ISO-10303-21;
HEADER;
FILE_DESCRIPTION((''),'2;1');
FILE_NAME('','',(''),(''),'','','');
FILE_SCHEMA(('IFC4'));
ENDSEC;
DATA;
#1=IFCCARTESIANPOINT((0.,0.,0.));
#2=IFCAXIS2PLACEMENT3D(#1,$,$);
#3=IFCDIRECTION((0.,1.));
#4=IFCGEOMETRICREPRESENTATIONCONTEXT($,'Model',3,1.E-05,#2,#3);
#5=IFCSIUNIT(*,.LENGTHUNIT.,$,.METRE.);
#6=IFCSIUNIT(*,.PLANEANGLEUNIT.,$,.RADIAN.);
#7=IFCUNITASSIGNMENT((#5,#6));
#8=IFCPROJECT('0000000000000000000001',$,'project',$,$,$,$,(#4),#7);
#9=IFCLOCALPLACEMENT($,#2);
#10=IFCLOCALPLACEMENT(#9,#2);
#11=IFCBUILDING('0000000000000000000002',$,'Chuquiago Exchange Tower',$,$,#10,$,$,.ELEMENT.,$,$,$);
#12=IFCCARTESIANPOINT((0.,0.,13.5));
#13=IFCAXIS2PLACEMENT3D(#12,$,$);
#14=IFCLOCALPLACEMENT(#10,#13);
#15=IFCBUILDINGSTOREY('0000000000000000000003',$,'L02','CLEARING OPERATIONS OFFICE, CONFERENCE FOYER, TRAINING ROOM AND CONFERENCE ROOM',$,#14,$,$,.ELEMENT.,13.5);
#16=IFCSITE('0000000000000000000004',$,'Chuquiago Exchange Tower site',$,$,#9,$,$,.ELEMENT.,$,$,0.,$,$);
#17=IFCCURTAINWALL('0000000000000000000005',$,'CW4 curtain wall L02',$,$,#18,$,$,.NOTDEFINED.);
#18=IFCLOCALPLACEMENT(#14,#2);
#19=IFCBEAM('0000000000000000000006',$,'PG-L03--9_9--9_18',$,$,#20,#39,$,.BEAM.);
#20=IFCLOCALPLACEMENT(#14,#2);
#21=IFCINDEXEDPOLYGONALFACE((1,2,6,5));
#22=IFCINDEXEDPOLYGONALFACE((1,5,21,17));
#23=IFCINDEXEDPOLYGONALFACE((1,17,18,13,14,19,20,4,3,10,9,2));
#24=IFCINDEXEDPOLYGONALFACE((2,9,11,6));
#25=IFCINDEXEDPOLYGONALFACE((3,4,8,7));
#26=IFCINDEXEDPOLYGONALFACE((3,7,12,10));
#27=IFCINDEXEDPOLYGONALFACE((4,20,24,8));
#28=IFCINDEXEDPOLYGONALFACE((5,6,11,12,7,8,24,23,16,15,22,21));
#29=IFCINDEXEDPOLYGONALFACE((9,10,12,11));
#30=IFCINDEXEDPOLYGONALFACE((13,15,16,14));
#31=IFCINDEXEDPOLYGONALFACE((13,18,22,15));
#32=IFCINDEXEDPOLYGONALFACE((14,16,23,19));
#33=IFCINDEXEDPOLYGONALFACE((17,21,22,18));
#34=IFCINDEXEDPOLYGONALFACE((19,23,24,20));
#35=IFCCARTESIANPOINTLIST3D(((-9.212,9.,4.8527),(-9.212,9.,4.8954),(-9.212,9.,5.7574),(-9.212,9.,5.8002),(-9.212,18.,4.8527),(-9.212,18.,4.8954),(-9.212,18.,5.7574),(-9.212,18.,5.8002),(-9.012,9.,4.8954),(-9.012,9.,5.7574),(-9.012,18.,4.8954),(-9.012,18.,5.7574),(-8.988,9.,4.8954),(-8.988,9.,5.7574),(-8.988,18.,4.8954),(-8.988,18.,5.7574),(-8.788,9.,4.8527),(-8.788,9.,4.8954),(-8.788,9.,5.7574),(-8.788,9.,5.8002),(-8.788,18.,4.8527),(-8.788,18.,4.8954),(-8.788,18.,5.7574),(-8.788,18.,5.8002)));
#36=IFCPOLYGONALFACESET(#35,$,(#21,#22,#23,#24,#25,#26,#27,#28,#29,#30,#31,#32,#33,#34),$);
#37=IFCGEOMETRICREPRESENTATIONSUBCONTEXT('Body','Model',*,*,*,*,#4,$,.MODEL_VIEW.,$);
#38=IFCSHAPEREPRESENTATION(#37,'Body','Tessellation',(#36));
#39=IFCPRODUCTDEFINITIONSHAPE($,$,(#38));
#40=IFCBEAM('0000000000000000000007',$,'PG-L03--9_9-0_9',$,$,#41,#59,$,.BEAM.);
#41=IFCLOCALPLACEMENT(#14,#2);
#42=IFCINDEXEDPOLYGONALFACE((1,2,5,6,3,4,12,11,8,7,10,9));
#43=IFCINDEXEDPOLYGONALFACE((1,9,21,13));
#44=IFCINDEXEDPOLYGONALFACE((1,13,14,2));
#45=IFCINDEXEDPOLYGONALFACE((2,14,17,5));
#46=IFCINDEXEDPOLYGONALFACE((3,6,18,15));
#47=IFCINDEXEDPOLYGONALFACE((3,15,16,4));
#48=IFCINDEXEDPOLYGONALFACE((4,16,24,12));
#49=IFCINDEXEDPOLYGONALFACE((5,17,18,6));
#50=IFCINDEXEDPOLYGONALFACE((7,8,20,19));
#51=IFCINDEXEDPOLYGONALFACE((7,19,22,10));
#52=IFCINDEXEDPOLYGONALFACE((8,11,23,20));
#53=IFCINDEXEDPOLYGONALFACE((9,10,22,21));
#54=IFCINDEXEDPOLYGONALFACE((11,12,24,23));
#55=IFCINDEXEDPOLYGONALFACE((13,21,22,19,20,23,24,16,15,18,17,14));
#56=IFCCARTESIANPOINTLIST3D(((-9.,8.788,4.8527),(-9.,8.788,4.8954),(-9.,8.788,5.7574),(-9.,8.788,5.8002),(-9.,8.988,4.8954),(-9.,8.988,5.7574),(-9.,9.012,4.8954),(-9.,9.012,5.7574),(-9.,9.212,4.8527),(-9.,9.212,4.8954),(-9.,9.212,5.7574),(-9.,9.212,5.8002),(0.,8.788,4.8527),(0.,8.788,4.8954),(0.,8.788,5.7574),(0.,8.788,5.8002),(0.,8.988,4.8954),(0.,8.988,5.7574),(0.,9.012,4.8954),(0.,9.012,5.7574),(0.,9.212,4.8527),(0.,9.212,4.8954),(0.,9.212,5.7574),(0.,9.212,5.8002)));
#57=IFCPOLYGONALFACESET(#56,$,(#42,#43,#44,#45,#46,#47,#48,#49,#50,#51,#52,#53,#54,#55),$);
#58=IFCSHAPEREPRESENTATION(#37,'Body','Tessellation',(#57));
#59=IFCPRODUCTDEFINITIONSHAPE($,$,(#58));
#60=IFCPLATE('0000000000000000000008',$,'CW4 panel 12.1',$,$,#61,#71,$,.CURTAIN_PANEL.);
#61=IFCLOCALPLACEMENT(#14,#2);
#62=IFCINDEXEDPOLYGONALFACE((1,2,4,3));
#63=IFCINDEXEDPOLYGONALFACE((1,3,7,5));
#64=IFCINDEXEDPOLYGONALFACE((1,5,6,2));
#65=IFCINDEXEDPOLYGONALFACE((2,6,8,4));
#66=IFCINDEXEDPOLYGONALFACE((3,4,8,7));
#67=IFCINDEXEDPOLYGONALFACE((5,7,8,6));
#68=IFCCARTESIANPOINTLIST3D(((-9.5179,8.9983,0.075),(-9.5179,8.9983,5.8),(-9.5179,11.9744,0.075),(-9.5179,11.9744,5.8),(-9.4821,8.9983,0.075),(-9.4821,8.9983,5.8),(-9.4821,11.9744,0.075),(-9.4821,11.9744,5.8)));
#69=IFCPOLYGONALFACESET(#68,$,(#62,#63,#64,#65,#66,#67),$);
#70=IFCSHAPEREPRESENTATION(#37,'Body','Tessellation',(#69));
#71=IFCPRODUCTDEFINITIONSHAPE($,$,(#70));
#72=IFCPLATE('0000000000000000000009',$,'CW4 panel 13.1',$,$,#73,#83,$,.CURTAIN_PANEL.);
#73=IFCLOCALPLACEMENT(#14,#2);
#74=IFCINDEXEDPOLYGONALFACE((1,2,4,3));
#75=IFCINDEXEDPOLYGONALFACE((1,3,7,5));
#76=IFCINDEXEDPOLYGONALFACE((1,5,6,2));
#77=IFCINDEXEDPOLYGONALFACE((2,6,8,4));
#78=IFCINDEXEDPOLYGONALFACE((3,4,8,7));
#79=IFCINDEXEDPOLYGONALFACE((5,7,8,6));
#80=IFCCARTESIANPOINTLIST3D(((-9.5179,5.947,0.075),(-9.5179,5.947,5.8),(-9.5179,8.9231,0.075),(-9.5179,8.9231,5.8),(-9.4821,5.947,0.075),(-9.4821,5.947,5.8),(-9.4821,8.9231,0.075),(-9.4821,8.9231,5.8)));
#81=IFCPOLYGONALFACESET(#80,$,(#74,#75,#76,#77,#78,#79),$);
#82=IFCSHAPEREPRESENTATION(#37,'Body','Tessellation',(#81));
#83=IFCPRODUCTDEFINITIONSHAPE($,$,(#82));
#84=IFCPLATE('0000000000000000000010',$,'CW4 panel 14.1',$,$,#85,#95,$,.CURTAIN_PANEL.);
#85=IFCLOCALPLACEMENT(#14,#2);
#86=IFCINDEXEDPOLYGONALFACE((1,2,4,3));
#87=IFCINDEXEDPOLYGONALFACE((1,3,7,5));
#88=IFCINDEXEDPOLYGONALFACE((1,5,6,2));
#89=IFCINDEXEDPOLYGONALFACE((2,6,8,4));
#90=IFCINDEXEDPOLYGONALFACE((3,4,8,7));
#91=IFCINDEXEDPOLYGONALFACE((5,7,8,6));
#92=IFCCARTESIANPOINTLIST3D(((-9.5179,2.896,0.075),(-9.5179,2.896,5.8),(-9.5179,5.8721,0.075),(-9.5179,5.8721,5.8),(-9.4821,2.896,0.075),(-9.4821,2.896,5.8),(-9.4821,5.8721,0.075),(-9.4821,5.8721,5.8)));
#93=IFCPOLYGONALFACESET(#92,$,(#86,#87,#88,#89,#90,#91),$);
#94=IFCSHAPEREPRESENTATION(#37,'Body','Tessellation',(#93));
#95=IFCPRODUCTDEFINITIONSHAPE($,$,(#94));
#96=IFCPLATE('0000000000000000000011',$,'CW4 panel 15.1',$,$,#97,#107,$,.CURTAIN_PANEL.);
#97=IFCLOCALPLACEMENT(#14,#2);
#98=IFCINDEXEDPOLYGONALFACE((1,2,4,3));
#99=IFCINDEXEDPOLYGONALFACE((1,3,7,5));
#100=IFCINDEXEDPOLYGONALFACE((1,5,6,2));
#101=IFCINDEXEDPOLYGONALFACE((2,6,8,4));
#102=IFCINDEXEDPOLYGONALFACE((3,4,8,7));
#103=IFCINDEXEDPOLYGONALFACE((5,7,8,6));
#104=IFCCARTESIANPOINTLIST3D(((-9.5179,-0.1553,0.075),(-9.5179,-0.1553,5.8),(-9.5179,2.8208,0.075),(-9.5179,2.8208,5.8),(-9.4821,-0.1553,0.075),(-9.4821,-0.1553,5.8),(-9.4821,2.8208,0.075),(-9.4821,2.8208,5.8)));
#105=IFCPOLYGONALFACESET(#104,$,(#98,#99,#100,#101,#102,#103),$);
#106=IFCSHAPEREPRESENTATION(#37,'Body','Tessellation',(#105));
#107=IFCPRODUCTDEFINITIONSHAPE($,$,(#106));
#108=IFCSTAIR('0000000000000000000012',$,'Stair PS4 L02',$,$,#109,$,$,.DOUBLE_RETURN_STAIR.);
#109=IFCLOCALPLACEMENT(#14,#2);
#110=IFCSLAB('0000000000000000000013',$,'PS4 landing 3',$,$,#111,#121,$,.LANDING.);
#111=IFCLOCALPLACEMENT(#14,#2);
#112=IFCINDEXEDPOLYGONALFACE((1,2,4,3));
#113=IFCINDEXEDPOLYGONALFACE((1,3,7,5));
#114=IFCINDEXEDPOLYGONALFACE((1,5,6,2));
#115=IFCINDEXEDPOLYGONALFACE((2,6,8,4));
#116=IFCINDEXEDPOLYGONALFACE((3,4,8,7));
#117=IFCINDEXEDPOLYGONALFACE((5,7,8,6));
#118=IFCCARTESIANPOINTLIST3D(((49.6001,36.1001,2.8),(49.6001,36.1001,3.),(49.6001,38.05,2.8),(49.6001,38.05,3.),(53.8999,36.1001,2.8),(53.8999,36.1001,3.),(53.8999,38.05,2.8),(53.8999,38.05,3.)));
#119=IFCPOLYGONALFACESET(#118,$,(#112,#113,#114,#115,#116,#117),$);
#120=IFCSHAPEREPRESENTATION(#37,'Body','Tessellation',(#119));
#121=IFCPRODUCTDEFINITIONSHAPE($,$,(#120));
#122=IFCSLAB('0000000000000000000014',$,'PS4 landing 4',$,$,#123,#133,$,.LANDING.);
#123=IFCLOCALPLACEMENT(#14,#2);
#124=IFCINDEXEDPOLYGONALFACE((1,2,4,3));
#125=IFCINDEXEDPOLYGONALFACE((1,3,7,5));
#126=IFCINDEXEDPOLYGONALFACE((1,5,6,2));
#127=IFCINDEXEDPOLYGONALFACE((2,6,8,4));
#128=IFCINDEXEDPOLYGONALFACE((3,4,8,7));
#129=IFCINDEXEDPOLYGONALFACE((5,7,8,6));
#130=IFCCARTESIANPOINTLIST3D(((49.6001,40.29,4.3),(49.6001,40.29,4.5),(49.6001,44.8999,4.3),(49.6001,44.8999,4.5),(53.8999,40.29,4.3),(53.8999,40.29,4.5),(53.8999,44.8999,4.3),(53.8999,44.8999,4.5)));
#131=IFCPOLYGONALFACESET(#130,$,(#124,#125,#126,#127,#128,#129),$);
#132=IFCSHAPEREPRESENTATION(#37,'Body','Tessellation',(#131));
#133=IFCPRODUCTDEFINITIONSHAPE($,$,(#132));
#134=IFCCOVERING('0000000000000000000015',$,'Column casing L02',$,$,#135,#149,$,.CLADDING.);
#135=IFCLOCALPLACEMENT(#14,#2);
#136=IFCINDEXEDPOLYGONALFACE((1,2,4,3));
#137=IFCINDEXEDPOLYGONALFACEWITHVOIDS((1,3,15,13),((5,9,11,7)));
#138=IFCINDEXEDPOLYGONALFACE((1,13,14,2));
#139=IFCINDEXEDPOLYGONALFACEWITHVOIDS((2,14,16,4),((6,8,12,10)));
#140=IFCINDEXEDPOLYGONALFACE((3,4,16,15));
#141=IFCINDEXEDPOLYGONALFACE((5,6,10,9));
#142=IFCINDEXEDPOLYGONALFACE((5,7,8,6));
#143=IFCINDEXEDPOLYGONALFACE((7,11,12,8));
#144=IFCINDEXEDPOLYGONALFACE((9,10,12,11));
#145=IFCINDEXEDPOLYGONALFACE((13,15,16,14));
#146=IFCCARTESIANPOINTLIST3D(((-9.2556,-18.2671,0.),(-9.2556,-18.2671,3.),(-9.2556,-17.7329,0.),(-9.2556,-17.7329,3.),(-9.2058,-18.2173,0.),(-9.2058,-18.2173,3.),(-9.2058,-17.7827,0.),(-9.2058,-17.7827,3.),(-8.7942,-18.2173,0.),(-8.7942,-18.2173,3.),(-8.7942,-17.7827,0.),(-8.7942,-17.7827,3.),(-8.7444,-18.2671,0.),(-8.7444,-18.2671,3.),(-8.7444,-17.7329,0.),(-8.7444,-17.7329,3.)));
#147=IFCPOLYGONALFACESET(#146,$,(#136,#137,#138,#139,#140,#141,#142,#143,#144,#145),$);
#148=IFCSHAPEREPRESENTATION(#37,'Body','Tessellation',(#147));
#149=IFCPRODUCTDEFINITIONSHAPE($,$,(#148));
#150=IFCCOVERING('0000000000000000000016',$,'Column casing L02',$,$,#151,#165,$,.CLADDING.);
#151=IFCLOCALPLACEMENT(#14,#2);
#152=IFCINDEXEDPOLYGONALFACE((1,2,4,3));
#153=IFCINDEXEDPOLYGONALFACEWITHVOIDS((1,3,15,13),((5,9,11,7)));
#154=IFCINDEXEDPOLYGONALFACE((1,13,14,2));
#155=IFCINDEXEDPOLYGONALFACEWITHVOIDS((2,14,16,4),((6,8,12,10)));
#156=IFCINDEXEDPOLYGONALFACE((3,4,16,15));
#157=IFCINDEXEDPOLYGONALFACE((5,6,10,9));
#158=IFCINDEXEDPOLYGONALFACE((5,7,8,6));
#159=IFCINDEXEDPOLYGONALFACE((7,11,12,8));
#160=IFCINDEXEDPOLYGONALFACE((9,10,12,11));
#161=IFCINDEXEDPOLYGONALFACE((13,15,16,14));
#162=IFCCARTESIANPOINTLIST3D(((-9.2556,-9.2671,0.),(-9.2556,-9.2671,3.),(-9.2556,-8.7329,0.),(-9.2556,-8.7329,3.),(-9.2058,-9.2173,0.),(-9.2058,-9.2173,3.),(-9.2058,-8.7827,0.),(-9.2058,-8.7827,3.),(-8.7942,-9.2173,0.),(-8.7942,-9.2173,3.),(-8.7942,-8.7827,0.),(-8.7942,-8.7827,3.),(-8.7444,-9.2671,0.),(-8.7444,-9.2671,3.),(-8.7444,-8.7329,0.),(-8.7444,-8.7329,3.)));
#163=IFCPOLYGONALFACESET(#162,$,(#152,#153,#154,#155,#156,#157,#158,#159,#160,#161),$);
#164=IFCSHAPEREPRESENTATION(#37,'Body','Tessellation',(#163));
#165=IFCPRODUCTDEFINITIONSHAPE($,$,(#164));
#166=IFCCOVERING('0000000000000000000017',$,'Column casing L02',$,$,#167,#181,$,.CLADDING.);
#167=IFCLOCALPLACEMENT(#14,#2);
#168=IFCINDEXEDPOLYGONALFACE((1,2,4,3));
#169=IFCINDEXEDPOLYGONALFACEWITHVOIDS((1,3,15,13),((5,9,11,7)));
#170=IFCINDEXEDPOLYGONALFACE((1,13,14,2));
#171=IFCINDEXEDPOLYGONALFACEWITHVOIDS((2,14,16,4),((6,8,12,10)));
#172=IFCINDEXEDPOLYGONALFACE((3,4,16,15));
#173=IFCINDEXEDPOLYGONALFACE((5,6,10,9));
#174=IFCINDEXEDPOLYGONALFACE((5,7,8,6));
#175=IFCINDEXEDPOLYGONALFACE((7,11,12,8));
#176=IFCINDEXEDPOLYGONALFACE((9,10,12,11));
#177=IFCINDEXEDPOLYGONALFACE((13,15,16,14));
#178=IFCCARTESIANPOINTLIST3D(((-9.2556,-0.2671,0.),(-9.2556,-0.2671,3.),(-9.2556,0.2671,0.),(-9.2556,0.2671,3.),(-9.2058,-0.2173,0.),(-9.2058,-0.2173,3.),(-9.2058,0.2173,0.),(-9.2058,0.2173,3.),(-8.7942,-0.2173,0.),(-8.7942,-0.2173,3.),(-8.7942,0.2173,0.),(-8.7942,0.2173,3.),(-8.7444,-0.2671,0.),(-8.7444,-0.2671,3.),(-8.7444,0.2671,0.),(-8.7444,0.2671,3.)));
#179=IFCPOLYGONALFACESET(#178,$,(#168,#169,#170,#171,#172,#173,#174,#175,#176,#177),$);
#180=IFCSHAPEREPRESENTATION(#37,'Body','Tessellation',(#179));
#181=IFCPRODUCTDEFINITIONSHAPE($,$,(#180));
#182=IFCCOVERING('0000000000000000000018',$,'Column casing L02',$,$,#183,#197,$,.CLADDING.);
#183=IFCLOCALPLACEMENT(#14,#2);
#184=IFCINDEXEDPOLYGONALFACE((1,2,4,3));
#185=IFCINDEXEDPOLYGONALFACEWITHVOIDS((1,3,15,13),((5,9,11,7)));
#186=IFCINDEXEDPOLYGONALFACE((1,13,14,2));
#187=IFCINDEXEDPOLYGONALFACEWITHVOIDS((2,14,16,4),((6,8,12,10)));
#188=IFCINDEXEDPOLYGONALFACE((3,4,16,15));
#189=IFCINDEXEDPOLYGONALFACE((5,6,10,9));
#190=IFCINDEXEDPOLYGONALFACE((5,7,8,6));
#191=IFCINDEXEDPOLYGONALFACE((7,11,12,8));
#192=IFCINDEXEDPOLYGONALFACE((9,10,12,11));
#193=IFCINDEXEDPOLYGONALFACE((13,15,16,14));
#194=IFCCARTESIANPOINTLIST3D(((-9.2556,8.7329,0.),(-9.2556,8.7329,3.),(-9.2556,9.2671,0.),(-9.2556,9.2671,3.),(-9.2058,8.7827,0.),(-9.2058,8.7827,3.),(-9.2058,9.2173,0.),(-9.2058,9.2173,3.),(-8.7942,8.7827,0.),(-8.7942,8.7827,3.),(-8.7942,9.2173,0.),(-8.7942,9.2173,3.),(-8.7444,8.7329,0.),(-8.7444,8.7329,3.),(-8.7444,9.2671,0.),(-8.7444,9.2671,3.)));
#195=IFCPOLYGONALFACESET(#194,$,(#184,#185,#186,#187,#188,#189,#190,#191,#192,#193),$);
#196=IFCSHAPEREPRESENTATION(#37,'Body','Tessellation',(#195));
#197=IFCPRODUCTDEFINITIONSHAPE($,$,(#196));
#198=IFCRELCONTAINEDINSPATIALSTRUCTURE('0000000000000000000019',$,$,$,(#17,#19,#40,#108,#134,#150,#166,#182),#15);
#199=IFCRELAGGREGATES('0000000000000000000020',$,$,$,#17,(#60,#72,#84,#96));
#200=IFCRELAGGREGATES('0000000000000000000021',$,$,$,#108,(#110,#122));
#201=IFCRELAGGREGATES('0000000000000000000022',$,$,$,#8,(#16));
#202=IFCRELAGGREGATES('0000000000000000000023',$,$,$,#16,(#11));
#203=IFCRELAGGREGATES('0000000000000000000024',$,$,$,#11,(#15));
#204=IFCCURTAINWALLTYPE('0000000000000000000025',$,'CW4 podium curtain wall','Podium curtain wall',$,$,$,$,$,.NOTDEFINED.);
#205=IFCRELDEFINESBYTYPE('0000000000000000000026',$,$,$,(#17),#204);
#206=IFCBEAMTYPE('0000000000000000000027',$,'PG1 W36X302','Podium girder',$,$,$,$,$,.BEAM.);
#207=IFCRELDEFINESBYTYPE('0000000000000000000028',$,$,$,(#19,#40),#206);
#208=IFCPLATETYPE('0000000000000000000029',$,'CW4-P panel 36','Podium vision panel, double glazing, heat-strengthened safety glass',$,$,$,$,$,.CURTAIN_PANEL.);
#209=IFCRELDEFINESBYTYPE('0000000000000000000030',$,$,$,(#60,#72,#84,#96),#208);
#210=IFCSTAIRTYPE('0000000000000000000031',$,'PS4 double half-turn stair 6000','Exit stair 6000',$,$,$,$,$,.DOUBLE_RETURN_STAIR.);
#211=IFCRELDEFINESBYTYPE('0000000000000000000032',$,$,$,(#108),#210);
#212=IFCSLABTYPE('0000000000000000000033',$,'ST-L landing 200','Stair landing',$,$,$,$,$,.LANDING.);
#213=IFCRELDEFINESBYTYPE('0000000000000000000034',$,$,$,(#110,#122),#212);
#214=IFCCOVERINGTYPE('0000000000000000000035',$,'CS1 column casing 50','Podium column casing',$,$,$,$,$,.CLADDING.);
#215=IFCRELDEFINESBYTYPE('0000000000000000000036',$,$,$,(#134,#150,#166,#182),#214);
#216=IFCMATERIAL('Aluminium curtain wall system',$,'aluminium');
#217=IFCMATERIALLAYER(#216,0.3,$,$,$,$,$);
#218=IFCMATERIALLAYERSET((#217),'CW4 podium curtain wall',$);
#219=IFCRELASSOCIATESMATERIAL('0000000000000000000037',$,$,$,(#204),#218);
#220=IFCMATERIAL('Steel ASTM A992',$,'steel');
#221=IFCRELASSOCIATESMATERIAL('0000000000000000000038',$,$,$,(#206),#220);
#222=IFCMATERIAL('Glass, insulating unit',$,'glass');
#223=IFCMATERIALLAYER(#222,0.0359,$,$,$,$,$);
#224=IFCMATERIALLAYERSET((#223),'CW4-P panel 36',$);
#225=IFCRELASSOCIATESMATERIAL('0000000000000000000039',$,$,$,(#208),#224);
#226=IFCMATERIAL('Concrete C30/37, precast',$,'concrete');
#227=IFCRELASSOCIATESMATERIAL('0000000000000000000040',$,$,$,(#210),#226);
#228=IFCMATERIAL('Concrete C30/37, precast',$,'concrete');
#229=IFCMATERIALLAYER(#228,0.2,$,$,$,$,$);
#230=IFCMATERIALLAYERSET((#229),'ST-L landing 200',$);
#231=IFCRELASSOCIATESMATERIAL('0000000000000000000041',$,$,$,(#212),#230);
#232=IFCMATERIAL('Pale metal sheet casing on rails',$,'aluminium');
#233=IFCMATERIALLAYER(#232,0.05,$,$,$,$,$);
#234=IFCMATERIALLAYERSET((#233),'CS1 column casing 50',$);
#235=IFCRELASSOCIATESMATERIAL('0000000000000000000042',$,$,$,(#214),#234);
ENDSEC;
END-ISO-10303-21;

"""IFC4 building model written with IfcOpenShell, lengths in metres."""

from ifc_helpers import new_model, si_unit, direction, frame, origin, origin_2d, place, context, subcontext, project, spatial, polyline, rectangle, i_section, outline, extrude, material, layer, layer_set, material_profile, profile_set, type_object, element, aggregate, save


model = new_model("IFC4")

# Units and contexts
model_context = context("Model", 3, precision=1e-05, world=origin(), true_north=direction((0.0, 1.0)))
body_context = subcontext(model_context, "Body", "Model", "MODEL_VIEW")
ifc_project = project(units=[si_unit("LENGTHUNIT", "METRE"), si_unit("PLANEANGLEUNIT", "RADIAN")], contexts=[model_context])

# Site, building, storey
site_placement = place(None, origin())
site = spatial("IfcSite", under=ifc_project, at=site_placement, Name="Chuquiago Exchange Tower site", CompositionType="ELEMENT", RefElevation=0.0)
building_placement = place(site_placement, origin())
building = spatial("IfcBuilding", under=site, at=building_placement, Name="Chuquiago Exchange Tower", CompositionType="ELEMENT")
storey_placement = place(building_placement, frame((0.0, 0.0, 13.5)))
storey = spatial("IfcBuildingStorey", under=building, at=storey_placement, Name="L02", Description="CLEARING OPERATIONS OFFICE, CONFERENCE FOYER, TRAINING ROOM AND CONFERENCE ROOM", CompositionType="ELEMENT", Elevation=13.5)

# Curtain wall
ifc_material_1 = material(Name="Aluminium curtain wall system", Category="aluminium")
ifc_layer_1 = layer(ifc_material_1, 0.3)
ifc_layer_set_1 = layer_set([ifc_layer_1], Name="CW4 podium curtain wall")
curtain_wall_type = type_object("IfcCurtainWallType", Name="CW4 podium curtain wall", Description="Podium curtain wall", PredefinedType="NOTDEFINED", material=ifc_layer_set_1)
curtain_wall_placement = place(storey_placement, origin())
curtain_wall = element("IfcCurtainWall", 1, at=curtain_wall_placement, inside=storey, type_object=curtain_wall_type, Name="CW4 curtain wall L02", PredefinedType="NOTDEFINED")

# Beams
ifc_material_2 = material(Name="Steel ASTM A992", Category="steel")
ifc_material_profile_1 = material_profile(ifc_material_2, i_section(OverallWidth=0.4241, OverallDepth=0.9475, WebThickness=0.0239, FlangeThickness=0.0427, at=origin_2d()), Name="W36X302")
ifc_profile_set_1 = profile_set([ifc_material_profile_1], Name="Steel ASTM A992")
beam_type_1 = type_object("IfcBeamType", Name="PG1 W36X302", Description="Podium girder", PredefinedType="BEAM", material=ifc_profile_set_1)
for number, where, z_axis, x_axis, name in (
    (2, (-9.0, 9.0, 5.3264), (0.0, 1.0, 0.0), (-1.0, 0.0, 0.0), "PG-L03--9_9--9_18"),
    (3, (-9.0, 9.0, 5.3264), (1.0, 0.0, 0.0), (0.0, 1.0, 0.0), "PG-L03--9_9-0_9"),
):
    element("IfcBeam", number, at=place(storey_placement, frame(where, z_axis=z_axis, x_axis=x_axis)), inside=storey, type_object=beam_type_1, Name=name, PredefinedType="BEAM", context=body_context, shape_type="SweptSolid", body=[
        extrude(i_section(OverallWidth=0.4241, OverallDepth=0.9475, WebThickness=0.0239, FlangeThickness=0.0427, at=origin_2d()), origin(), (0.0, 0.0, 1.0), 9.0),
    ])

# Plates
ifc_material_3 = material(Name="Glass, insulating unit", Category="glass")
ifc_layer_2 = layer(ifc_material_3, 0.0359)
ifc_layer_set_2 = layer_set([ifc_layer_2], Name="CW4-P panel 36")
plate_type = type_object("IfcPlateType", Name="CW4-P panel 36", Description="Podium vision panel, double glazing, heat-strengthened safety glass", PredefinedType="CURTAIN_PANEL", material=ifc_layer_set_2)
plate_1_placement = place(storey_placement, frame((-9.5, 10.4863, 0.075), z_axis=(0.0, 0.0, 1.0), x_axis=(0.0, -1.0, 0.0)))
plate_1 = element("IfcPlate", 4, at=plate_1_placement, type_object=plate_type, Name="CW4 panel 12.1", PredefinedType="CURTAIN_PANEL", context=body_context, shape_type="SweptSolid", body=[
    extrude(rectangle(XDim=2.9761, YDim=0.0359, at=origin_2d()), origin(), (0.0, 0.0, 1.0), 5.7251),
])
plate_2_placement = place(storey_placement, frame((-9.5, 7.4351, 0.075), z_axis=(0.0, 0.0, 1.0), x_axis=(0.0, -1.0, 0.0)))
plate_2 = element("IfcPlate", 5, at=plate_2_placement, type_object=plate_type, Name="CW4 panel 13.1", PredefinedType="CURTAIN_PANEL", context=body_context, shape_type="SweptSolid", body=[
    extrude(rectangle(XDim=2.9761, YDim=0.0359, at=origin_2d()), origin(), (0.0, 0.0, 1.0), 5.7251),
])
plate_3_placement = place(storey_placement, frame((-9.5, 4.384, 0.075), z_axis=(0.0, 0.0, 1.0), x_axis=(0.0, -1.0, 0.0)))
plate_3 = element("IfcPlate", 6, at=plate_3_placement, type_object=plate_type, Name="CW4 panel 14.1", PredefinedType="CURTAIN_PANEL", context=body_context, shape_type="SweptSolid", body=[
    extrude(rectangle(XDim=2.9761, YDim=0.0359, at=origin_2d()), origin(), (0.0, 0.0, 1.0), 5.7251),
])
plate_4_placement = place(storey_placement, frame((-9.5, 1.3328, 0.075), z_axis=(0.0, 0.0, 1.0), x_axis=(0.0, -1.0, 0.0)))
plate_4 = element("IfcPlate", 7, at=plate_4_placement, type_object=plate_type, Name="CW4 panel 15.1", PredefinedType="CURTAIN_PANEL", context=body_context, shape_type="SweptSolid", body=[
    extrude(rectangle(XDim=2.9761, YDim=0.0359, at=origin_2d()), origin(), (0.0, 0.0, 1.0), 5.7251),
])
aggregate(curtain_wall, [plate_1, plate_2, plate_3, plate_4])

# Stair, slabs
ifc_material_4 = material(Name="Concrete C30/37, precast", Category="concrete")
stair_type = type_object("IfcStairType", Name="PS4 double half-turn stair 6000", Description="Exit stair 6000", PredefinedType="DOUBLE_RETURN_STAIR", material=ifc_material_4)
stair_placement = place(storey_placement, origin())
stair = element("IfcStair", 8, at=stair_placement, inside=storey, type_object=stair_type, Name="Stair PS4 L02", PredefinedType="DOUBLE_RETURN_STAIR")
ifc_material_5 = material(Name="Concrete C30/37, precast", Category="concrete")
ifc_layer_3 = layer(ifc_material_5, 0.2)
ifc_layer_set_3 = layer_set([ifc_layer_3], Name="ST-L landing 200")
slab_type = type_object("IfcSlabType", Name="ST-L landing 200", Description="Stair landing", PredefinedType="LANDING", material=ifc_layer_set_3)
slab_1_placement = place(storey_placement, frame((0.0, 0.0, 2.8)))
slab_1 = element("IfcSlab", 9, at=slab_1_placement, type_object=slab_type, Name="PS4 landing 3", PredefinedType="LANDING", context=body_context, shape_type="SweptSolid", body=[
    extrude(outline(polyline([(49.6001, 38.05), (53.8999, 38.05), (53.8999, 36.1001), (49.6001, 36.1001), (49.6001, 38.05)])), origin(), (0.0, 0.0, 1.0), 0.2),
])
slab_2_placement = place(storey_placement, frame((0.0, 0.0, 4.3)))
slab_2 = element("IfcSlab", 10, at=slab_2_placement, type_object=slab_type, Name="PS4 landing 4", PredefinedType="LANDING", context=body_context, shape_type="SweptSolid", body=[
    extrude(outline(polyline([(49.6001, 44.8999), (53.8999, 44.8999), (53.8999, 40.29), (49.6001, 40.29), (49.6001, 44.8999)])), origin(), (0.0, 0.0, 1.0), 0.2),
])
aggregate(stair, [slab_1, slab_2])

# Coverings
ifc_material_6 = material(Name="Pale metal sheet casing on rails", Category="aluminium")
ifc_layer_4 = layer(ifc_material_6, 0.05)
ifc_layer_set_4 = layer_set([ifc_layer_4], Name="CS1 column casing 50")
covering_type = type_object("IfcCoveringType", Name="CS1 column casing 50", Description="Podium column casing", PredefinedType="CLADDING", material=ifc_layer_set_4)
covering_1_placement = place(storey_placement, origin())
element("IfcCovering", 11, at=covering_1_placement, inside=storey, type_object=covering_type, Name="Column casing L02", PredefinedType="CLADDING", context=body_context, shape_type="SweptSolid", body=[
    extrude(outline(polyline([(-9.2556, -18.2671), (-8.7444, -18.2671), (-8.7444, -17.7329), (-9.2556, -17.7329), (-9.2556, -18.2671)]), holes=[polyline([(-9.2058, -18.2173), (-9.2058, -17.7827), (-8.7942, -17.7827), (-8.7942, -18.2173), (-9.2058, -18.2173)])]), origin(), (0.0, 0.0, 1.0), 3.0),
])
covering_2_placement = place(storey_placement, origin())
element("IfcCovering", 12, at=covering_2_placement, inside=storey, type_object=covering_type, Name="Column casing L02", PredefinedType="CLADDING", context=body_context, shape_type="SweptSolid", body=[
    extrude(outline(polyline([(-9.2556, -9.2671), (-8.7444, -9.2671), (-8.7444, -8.7329), (-9.2556, -8.7329), (-9.2556, -9.2671)]), holes=[polyline([(-9.2058, -9.2173), (-9.2058, -8.7827), (-8.7942, -8.7827), (-8.7942, -9.2173), (-9.2058, -9.2173)])]), origin(), (0.0, 0.0, 1.0), 3.0),
])
covering_3_placement = place(storey_placement, origin())
element("IfcCovering", 13, at=covering_3_placement, inside=storey, type_object=covering_type, Name="Column casing L02", PredefinedType="CLADDING", context=body_context, shape_type="SweptSolid", body=[
    extrude(outline(polyline([(-9.2556, -0.2671), (-8.7444, -0.2671), (-8.7444, 0.2671), (-9.2556, 0.2671), (-9.2556, -0.2671)]), holes=[polyline([(-9.2058, -0.2173), (-9.2058, 0.2173), (-8.7942, 0.2173), (-8.7942, -0.2173), (-9.2058, -0.2173)])]), origin(), (0.0, 0.0, 1.0), 3.0),
])
covering_4_placement = place(storey_placement, origin())
element("IfcCovering", 14, at=covering_4_placement, inside=storey, type_object=covering_type, Name="Column casing L02", PredefinedType="CLADDING", context=body_context, shape_type="SweptSolid", body=[
    extrude(outline(polyline([(-9.2556, 8.7329), (-8.7444, 8.7329), (-8.7444, 9.2671), (-9.2556, 9.2671), (-9.2556, 8.7329)]), holes=[polyline([(-9.2058, 8.7827), (-9.2058, 9.2173), (-8.7942, 9.2173), (-8.7942, 8.7827), (-9.2058, 8.7827)])]), origin(), (0.0, 0.0, 1.0), 3.0),
])

save(model, "model.ifc")
